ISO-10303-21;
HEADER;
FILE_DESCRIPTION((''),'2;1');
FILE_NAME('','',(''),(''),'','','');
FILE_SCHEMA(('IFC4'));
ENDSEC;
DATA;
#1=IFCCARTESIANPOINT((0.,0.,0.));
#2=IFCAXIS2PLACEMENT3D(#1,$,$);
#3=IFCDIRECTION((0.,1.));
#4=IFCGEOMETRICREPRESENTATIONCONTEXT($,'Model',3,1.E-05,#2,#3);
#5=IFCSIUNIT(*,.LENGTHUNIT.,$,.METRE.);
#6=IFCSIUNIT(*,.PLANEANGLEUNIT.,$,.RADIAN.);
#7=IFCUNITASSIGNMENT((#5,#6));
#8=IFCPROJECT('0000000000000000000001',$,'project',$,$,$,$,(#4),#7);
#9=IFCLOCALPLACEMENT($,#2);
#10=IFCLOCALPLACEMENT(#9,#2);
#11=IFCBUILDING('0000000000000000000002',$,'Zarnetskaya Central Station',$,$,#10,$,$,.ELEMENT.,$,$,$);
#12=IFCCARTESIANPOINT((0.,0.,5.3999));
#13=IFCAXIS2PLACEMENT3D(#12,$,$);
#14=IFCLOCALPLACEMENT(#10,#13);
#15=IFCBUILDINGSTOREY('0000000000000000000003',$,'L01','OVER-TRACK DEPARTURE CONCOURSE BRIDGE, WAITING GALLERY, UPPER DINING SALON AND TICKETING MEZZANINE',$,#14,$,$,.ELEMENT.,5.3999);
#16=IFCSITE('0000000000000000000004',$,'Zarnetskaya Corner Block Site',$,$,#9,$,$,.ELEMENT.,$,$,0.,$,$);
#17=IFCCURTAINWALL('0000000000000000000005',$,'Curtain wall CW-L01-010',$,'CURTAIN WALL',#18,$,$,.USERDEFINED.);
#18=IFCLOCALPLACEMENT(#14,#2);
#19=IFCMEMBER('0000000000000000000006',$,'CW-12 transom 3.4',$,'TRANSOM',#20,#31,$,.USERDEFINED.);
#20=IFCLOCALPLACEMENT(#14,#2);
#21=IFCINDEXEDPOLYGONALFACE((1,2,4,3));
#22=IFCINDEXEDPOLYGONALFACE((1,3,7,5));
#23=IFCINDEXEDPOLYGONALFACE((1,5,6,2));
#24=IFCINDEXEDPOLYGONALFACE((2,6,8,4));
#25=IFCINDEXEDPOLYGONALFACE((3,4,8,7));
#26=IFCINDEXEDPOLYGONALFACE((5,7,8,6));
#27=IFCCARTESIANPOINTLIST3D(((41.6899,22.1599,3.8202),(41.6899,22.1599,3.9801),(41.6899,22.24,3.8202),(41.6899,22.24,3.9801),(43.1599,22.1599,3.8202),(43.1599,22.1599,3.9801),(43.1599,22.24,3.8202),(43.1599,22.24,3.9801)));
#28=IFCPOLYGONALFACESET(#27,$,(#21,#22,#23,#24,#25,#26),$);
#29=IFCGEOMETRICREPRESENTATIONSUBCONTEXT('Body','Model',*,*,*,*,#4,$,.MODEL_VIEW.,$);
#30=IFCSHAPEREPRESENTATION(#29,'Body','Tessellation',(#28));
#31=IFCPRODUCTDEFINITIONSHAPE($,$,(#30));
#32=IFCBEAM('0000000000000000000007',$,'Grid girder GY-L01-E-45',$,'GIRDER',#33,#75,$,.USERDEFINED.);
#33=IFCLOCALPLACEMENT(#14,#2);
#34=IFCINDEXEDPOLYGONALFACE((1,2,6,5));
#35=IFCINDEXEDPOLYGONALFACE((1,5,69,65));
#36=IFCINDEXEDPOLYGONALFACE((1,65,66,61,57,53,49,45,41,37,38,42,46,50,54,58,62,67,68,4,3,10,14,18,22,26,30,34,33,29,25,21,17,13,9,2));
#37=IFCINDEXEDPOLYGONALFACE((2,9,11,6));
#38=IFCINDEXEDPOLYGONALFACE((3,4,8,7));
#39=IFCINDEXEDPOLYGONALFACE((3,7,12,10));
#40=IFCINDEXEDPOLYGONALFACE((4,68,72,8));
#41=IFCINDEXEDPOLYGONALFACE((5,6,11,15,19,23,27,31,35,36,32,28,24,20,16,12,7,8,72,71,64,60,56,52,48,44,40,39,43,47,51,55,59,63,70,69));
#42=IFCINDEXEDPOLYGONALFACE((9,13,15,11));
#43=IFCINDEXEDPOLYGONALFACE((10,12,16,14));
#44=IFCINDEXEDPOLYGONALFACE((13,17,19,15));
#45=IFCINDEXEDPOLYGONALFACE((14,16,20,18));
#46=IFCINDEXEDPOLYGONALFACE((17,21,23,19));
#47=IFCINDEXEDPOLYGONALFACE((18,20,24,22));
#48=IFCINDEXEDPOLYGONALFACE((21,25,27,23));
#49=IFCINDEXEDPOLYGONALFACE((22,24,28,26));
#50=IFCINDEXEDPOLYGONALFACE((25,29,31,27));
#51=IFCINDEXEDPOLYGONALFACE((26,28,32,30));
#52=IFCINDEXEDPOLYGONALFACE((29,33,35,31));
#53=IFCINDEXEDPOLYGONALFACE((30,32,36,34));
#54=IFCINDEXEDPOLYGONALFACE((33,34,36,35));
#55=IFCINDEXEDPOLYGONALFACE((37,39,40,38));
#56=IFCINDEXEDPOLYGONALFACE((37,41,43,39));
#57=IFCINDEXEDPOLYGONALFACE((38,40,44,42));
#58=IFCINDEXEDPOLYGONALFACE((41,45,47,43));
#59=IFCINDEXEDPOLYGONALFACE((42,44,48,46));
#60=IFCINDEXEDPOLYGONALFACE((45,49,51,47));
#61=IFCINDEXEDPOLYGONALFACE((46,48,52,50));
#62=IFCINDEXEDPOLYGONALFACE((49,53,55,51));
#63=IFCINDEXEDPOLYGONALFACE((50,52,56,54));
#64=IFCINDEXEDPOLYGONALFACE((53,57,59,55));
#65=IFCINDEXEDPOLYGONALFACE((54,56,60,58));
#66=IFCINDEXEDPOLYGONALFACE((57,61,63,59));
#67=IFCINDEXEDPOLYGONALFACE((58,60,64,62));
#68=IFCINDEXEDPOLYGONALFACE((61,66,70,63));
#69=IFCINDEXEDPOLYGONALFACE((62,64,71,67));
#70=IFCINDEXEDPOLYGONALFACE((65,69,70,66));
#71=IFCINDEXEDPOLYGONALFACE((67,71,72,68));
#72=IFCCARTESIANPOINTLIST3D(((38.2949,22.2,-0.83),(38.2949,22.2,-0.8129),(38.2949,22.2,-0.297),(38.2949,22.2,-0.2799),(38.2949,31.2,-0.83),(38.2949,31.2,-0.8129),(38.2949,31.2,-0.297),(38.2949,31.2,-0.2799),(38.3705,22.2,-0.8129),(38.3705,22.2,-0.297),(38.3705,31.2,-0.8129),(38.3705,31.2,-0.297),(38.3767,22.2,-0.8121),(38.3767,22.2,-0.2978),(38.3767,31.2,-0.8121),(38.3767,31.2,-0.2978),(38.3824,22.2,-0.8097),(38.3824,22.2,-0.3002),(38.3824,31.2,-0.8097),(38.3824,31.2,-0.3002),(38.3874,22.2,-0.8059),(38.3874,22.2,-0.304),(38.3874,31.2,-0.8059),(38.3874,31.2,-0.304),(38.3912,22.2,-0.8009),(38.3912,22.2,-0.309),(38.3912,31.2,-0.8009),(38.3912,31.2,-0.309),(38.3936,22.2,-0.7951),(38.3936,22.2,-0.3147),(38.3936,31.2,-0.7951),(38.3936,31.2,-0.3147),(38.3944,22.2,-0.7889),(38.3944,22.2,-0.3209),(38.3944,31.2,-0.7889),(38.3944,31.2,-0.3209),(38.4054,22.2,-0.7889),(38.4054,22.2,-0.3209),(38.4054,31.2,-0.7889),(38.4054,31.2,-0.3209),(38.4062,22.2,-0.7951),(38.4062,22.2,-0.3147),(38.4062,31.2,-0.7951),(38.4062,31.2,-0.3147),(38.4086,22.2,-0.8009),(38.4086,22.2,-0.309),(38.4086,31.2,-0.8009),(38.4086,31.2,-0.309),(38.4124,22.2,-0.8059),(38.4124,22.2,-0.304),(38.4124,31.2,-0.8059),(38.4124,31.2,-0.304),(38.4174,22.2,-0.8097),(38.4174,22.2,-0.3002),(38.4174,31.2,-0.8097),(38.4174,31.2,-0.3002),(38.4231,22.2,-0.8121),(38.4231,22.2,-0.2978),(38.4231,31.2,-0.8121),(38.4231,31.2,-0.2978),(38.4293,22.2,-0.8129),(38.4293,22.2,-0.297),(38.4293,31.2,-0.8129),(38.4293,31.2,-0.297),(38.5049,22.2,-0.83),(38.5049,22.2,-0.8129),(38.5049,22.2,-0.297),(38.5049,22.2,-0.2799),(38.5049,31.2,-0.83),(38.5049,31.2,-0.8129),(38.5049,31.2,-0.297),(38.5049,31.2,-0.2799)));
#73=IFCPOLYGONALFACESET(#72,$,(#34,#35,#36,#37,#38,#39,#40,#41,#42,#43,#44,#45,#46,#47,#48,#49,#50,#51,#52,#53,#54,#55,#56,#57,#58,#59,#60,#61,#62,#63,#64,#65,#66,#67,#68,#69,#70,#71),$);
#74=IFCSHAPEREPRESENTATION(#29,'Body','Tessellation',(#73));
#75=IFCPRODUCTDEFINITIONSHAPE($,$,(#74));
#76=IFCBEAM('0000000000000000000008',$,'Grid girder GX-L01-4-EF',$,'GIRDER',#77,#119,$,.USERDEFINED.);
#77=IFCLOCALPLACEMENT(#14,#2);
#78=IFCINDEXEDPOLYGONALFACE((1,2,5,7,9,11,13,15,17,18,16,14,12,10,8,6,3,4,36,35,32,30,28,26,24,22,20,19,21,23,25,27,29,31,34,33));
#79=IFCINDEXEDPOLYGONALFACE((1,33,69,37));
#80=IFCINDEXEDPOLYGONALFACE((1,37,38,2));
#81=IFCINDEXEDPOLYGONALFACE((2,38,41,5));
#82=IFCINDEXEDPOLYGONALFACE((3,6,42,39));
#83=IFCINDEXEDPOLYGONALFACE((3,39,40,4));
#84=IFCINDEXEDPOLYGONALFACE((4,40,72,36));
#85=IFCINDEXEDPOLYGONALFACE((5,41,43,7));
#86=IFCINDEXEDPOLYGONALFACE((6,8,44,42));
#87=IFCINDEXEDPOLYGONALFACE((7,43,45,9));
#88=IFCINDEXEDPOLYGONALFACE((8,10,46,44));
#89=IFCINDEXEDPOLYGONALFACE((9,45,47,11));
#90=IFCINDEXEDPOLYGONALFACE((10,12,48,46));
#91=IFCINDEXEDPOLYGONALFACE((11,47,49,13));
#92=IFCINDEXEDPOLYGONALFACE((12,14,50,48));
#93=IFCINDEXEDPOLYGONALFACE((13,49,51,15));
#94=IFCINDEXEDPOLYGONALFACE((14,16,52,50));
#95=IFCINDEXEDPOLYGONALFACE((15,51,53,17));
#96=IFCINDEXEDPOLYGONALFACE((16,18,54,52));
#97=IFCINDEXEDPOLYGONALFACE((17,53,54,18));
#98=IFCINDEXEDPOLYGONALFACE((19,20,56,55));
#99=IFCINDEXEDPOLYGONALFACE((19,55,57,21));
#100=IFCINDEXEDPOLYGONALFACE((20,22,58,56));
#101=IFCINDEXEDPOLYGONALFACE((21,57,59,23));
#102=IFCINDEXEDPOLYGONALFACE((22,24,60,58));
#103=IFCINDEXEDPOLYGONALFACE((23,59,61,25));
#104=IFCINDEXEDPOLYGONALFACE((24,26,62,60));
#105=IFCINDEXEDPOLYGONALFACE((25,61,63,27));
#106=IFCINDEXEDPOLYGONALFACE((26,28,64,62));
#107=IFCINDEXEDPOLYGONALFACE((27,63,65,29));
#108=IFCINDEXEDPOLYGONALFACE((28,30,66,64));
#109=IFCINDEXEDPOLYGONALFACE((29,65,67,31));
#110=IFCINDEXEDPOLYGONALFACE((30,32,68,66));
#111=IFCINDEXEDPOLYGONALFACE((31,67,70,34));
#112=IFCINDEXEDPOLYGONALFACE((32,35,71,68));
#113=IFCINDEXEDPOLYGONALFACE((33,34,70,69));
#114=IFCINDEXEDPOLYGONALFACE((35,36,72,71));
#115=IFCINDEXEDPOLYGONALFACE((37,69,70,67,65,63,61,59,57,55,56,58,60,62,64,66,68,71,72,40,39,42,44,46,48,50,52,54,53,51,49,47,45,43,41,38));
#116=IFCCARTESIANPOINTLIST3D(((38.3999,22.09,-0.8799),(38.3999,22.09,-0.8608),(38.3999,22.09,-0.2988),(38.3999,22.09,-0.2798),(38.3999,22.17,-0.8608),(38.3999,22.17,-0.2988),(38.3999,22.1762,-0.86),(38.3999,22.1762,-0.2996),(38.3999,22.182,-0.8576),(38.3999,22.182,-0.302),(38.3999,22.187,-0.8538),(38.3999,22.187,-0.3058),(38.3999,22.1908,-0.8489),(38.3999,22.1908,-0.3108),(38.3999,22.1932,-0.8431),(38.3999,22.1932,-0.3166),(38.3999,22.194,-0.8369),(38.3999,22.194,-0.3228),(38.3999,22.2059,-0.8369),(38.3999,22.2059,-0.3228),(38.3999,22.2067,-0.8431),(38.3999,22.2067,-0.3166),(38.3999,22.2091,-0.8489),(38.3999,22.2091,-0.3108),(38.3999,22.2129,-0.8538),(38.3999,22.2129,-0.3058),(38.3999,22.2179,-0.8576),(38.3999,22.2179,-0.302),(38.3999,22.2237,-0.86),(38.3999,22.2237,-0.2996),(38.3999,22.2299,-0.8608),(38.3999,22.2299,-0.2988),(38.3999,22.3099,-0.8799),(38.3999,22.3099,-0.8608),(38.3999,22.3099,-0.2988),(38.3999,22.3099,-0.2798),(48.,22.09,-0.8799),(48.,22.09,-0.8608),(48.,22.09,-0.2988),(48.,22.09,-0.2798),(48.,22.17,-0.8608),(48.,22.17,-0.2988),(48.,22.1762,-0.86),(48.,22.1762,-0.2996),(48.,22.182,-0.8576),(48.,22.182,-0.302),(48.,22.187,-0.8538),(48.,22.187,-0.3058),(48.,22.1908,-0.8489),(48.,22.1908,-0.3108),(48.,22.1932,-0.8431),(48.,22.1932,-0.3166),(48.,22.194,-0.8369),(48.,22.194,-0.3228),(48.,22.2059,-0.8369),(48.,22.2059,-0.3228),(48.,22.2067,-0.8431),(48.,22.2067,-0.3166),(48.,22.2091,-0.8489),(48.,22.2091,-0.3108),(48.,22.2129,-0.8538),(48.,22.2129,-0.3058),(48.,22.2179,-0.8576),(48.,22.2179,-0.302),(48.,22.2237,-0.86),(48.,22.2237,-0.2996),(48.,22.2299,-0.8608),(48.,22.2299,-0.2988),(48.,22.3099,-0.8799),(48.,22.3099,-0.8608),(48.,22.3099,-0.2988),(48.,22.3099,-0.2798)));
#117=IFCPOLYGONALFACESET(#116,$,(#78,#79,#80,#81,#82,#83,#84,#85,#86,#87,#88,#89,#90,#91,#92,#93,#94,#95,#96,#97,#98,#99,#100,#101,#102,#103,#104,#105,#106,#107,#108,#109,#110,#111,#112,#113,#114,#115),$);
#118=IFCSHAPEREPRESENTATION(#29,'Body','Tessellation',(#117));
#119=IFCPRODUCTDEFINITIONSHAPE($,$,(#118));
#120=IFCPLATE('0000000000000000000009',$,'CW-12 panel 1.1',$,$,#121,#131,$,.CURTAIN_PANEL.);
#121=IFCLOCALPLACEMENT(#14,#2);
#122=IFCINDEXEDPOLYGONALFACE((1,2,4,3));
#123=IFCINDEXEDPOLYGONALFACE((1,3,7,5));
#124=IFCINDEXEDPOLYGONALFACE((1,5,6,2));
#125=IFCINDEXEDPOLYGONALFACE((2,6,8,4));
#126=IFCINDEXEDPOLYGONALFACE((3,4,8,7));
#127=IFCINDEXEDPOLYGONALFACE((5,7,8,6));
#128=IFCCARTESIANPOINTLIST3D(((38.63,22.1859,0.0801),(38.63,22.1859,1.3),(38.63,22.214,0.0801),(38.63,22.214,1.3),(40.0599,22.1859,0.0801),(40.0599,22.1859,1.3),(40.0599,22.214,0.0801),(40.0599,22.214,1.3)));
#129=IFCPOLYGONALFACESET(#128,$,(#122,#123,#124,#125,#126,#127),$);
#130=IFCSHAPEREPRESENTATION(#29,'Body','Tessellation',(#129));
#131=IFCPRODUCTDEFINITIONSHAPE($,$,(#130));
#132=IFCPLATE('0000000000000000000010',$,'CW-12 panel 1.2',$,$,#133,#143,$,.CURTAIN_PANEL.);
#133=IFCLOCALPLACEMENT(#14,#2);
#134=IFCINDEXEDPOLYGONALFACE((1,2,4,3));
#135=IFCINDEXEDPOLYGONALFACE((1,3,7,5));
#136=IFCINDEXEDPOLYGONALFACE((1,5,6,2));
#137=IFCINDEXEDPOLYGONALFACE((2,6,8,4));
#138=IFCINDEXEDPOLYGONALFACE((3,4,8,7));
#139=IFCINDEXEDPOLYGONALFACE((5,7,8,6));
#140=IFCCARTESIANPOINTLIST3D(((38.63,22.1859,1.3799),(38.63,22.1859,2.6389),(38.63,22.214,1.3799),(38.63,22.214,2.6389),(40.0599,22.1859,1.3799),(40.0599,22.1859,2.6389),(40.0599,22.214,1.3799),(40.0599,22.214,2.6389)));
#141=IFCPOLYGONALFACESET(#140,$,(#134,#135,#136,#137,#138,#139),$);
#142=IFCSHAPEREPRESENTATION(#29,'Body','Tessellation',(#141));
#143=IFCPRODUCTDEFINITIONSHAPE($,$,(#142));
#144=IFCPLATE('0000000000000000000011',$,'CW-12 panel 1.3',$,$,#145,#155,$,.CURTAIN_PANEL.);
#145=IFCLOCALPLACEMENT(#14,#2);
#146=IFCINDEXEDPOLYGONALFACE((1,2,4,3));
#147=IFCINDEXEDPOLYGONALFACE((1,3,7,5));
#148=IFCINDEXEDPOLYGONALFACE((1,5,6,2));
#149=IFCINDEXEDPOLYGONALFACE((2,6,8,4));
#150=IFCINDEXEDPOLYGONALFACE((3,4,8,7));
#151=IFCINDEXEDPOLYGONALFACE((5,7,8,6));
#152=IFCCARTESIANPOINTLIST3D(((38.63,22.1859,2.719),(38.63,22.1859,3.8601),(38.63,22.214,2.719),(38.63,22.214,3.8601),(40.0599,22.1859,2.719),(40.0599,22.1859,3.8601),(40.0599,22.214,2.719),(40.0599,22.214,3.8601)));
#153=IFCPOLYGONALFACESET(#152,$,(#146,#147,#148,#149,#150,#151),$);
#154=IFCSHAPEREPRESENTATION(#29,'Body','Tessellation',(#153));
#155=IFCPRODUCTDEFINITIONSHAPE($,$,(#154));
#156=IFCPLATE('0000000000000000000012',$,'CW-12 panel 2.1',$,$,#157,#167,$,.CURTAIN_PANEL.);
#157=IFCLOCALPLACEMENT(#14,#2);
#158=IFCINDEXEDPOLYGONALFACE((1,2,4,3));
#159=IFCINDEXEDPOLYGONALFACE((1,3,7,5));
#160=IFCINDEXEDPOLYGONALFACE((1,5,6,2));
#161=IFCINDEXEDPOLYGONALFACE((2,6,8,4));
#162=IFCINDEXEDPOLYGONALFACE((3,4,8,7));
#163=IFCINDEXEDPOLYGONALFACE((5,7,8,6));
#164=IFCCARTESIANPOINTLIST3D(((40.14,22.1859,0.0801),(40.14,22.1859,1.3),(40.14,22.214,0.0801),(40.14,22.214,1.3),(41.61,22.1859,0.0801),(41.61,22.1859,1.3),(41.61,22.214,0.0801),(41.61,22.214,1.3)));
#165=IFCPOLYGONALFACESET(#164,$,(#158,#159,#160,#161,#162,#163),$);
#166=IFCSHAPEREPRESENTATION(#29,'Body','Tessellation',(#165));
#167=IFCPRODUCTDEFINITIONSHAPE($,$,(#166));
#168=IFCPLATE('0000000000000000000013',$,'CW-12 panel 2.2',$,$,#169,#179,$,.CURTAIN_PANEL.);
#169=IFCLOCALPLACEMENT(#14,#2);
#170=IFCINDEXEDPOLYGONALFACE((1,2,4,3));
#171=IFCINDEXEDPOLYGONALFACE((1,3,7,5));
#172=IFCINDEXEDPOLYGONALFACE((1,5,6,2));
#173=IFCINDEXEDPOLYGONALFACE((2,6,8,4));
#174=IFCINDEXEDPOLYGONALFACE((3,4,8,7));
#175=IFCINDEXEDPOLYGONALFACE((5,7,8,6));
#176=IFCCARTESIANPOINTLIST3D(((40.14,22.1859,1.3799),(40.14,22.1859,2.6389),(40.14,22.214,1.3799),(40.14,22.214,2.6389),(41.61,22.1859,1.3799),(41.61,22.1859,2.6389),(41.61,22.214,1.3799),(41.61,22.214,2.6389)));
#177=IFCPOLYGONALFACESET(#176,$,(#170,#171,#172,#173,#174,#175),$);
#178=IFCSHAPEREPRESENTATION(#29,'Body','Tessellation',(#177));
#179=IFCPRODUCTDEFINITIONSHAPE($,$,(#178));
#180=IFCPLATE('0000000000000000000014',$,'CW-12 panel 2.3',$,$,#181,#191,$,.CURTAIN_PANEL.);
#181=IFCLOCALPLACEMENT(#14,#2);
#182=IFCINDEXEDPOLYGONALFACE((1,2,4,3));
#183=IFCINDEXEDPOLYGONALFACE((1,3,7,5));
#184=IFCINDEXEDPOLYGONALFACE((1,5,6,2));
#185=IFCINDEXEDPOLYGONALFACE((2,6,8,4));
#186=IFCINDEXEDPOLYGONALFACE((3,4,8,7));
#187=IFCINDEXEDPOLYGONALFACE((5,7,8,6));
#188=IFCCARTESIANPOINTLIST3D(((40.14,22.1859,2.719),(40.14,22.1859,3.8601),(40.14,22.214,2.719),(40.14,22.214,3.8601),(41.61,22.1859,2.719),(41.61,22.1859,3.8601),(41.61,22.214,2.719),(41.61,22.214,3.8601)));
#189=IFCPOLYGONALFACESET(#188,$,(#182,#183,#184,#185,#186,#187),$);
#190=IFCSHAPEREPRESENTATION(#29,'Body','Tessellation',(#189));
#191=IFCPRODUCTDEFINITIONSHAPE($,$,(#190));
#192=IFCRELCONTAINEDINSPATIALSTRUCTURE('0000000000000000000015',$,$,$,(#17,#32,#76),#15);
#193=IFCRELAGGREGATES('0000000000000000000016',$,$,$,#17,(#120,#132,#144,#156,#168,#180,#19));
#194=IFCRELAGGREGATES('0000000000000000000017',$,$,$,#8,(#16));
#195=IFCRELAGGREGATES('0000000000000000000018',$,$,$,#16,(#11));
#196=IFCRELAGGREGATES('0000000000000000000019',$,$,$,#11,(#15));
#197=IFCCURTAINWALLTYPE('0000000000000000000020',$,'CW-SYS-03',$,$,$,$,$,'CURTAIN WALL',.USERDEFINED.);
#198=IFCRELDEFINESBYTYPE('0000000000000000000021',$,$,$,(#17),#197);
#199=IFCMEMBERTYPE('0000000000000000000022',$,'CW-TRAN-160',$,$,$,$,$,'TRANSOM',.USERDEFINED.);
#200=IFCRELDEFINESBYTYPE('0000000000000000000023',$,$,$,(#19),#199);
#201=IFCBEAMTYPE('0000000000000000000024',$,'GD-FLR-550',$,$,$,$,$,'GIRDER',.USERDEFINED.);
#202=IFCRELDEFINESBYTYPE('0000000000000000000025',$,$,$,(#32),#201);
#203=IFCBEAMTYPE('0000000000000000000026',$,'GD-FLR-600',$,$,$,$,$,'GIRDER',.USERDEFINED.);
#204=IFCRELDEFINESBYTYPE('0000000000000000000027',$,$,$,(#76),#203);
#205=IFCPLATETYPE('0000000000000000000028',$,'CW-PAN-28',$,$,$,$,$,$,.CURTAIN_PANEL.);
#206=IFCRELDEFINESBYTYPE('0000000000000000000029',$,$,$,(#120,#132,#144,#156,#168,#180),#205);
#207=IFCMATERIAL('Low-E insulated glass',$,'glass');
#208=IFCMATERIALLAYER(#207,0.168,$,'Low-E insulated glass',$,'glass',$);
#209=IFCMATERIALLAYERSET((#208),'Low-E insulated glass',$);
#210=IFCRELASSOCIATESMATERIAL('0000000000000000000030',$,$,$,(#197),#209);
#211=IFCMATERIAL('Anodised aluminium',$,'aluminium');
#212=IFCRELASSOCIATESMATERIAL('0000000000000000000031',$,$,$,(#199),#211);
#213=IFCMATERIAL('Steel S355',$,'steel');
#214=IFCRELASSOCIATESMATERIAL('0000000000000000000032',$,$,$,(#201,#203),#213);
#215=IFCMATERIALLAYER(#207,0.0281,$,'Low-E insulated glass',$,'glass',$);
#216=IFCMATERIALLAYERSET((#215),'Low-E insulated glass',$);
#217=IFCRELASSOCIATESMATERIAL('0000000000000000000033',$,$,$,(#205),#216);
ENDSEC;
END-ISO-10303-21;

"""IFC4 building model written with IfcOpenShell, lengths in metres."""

from ifc_helpers import new_model, si_unit, direction, frame, origin, origin_2d, place, context, subcontext, project, spatial, rectangle, i_section, extrude, material, layer, layer_set, material_profile, profile_set, type_object, element, aggregate, save


model = new_model("IFC4")

# Units and contexts
model_context = context("Model", 3, precision=1e-05, world=origin(), true_north=direction((0.0, 1.0)))
body_context = subcontext(model_context, "Body", "Model", "MODEL_VIEW")
ifc_project = project(units=[si_unit("LENGTHUNIT", "METRE"), si_unit("PLANEANGLEUNIT", "RADIAN")], contexts=[model_context])

# Site, building, storey
site_placement = place(None, origin())
site = spatial("IfcSite", under=ifc_project, at=site_placement, Name="Zarnetskaya Corner Block Site", CompositionType="ELEMENT", RefElevation=0.0)
building_placement = place(site_placement, origin())
building = spatial("IfcBuilding", under=site, at=building_placement, Name="Zarnetskaya Central Station", CompositionType="ELEMENT")
storey_placement = place(building_placement, frame((0.0, 0.0, 5.3999)))
storey = spatial("IfcBuildingStorey", under=building, at=storey_placement, Name="L01", Description="OVER-TRACK DEPARTURE CONCOURSE BRIDGE, WAITING GALLERY, UPPER DINING SALON AND TICKETING MEZZANINE", CompositionType="ELEMENT", Elevation=5.3999)

# Shared definitions
ifc_material_1 = material(Name="Steel S355", Category="steel")

# Shared definitions
ifc_material_2 = material(Name="Low-E insulated glass", Category="glass")
ifc_material_3 = material(Name="Anodised aluminium", Category="aluminium")

# Curtain wall
ifc_layer_1 = layer(ifc_material_2, 0.168, Name="Low-E insulated glass", Category="glass")
ifc_layer_set_1 = layer_set([ifc_layer_1], Name="Low-E insulated glass")
curtain_wall_type_1 = type_object("IfcCurtainWallType", Name="CW-SYS-03", ElementType="CURTAIN WALL", PredefinedType="USERDEFINED", material=ifc_layer_set_1)
curtain_wall_1_placement = place(storey_placement, origin())
curtain_wall_1 = element("IfcCurtainWall", 1, at=curtain_wall_1_placement, inside=storey, type_object=curtain_wall_type_1, Name="Curtain wall CW-L01-010", ObjectType="CURTAIN WALL", PredefinedType="USERDEFINED")

# Member
ifc_material_profile_1 = material_profile(ifc_material_3, rectangle(XDim=0.0801, YDim=0.1599, at=origin_2d()), Name="ALU TRAN 80x160")
ifc_profile_set_1 = profile_set([ifc_material_profile_1], Name="Anodised aluminium")
member_type_1 = type_object("IfcMemberType", Name="CW-TRAN-160", ElementType="TRANSOM", PredefinedType="USERDEFINED", material=ifc_profile_set_1)
member_1_placement = place(storey_placement, frame((41.6899, 22.2, 3.9001), z_axis=(1.0, 0.0, 0.0), x_axis=(0.0, 1.0, 0.0)))
member_1 = element("IfcMember", 2, at=member_1_placement, type_object=member_type_1, Name="CW-12 transom 3.4", ObjectType="TRANSOM", PredefinedType="USERDEFINED", context=body_context, shape_type="SweptSolid", body=[
    extrude(rectangle(XDim=0.0801, YDim=0.1599, at=origin_2d()), origin(), (0.0, 0.0, 1.0), 1.47),
])

# Beams
ifc_material_profile_2 = material_profile(ifc_material_1, i_section(OverallWidth=0.21, OverallDepth=0.55, WebThickness=0.011, FlangeThickness=0.0171, FilletRadius=0.0239, at=origin_2d()), Name="IPE 550")
ifc_profile_set_2 = profile_set([ifc_material_profile_2], Name="Steel S355")
beam_type_1 = type_object("IfcBeamType", Name="GD-FLR-550", ElementType="GIRDER", PredefinedType="USERDEFINED", material=ifc_profile_set_2)
beam_1_placement = place(storey_placement, frame((38.3999, 22.2, -0.5549), z_axis=(0.0, 1.0, 0.0), x_axis=(-1.0, 0.0, 0.0)))
element("IfcBeam", 3, at=beam_1_placement, inside=storey, type_object=beam_type_1, Name="Grid girder GY-L01-E-45", ObjectType="GIRDER", PredefinedType="USERDEFINED", context=body_context, shape_type="SweptSolid", body=[
    extrude(i_section(OverallWidth=0.21, OverallDepth=0.55, WebThickness=0.011, FlangeThickness=0.0171, FilletRadius=0.0239, at=origin_2d()), origin(), (0.0, 0.0, 1.0), 9.0),
])
ifc_material_profile_3 = material_profile(ifc_material_1, i_section(OverallWidth=0.22, OverallDepth=0.6001, WebThickness=0.012, FlangeThickness=0.019, FilletRadius=0.0239, at=origin_2d()), Name="IPE 600")
ifc_profile_set_3 = profile_set([ifc_material_profile_3], Name="Steel S355")
beam_type_2 = type_object("IfcBeamType", Name="GD-FLR-600", ElementType="GIRDER", PredefinedType="USERDEFINED", material=ifc_profile_set_3)
beam_2_placement = place(storey_placement, frame((38.3999, 22.2, -0.5798), z_axis=(1.0, 0.0, 0.0), x_axis=(0.0, 1.0, 0.0)))
element("IfcBeam", 4, at=beam_2_placement, inside=storey, type_object=beam_type_2, Name="Grid girder GX-L01-4-EF", ObjectType="GIRDER", PredefinedType="USERDEFINED", context=body_context, shape_type="SweptSolid", body=[
    extrude(i_section(OverallWidth=0.22, OverallDepth=0.6001, WebThickness=0.012, FlangeThickness=0.019, FilletRadius=0.0239, at=origin_2d()), origin(), (0.0, 0.0, 1.0), 9.6001),
])

# Plates
ifc_layer_2 = layer(ifc_material_2, 0.0281, Name="Low-E insulated glass", Category="glass")
ifc_layer_set_2 = layer_set([ifc_layer_2], Name="Low-E insulated glass")
plate_type_1 = type_object("IfcPlateType", Name="CW-PAN-28", PredefinedType="CURTAIN_PANEL", material=ifc_layer_set_2)
plate_1_placement = place(storey_placement, frame((39.345, 22.2, 0.0801), z_axis=(0.0, 0.0, 1.0), x_axis=(1.0, 0.0, 0.0)))
plate_1 = element("IfcPlate", 5, at=plate_1_placement, type_object=plate_type_1, Name="CW-12 panel 1.1", PredefinedType="CURTAIN_PANEL", context=body_context, shape_type="SweptSolid", body=[
    extrude(rectangle(XDim=1.4299, YDim=0.0281, at=origin_2d()), origin(), (0.0, 0.0, 1.0), 1.22),
])
plate_2_placement = place(storey_placement, frame((39.345, 22.2, 1.3799), z_axis=(0.0, 0.0, 1.0), x_axis=(1.0, 0.0, 0.0)))
plate_2 = element("IfcPlate", 6, at=plate_2_placement, type_object=plate_type_1, Name="CW-12 panel 1.2", PredefinedType="CURTAIN_PANEL", context=body_context, shape_type="SweptSolid", body=[
    extrude(rectangle(XDim=1.4299, YDim=0.0281, at=origin_2d()), origin(), (0.0, 0.0, 1.0), 1.259),
])
plate_3_placement = place(storey_placement, frame((39.345, 22.2, 2.719), z_axis=(0.0, 0.0, 1.0), x_axis=(1.0, 0.0, 0.0)))
plate_3 = element("IfcPlate", 7, at=plate_3_placement, type_object=plate_type_1, Name="CW-12 panel 1.3", PredefinedType="CURTAIN_PANEL", context=body_context, shape_type="SweptSolid", body=[
    extrude(rectangle(XDim=1.4299, YDim=0.0281, at=origin_2d()), origin(), (0.0, 0.0, 1.0), 1.1411),
])
plate_4_placement = place(storey_placement, frame((40.875, 22.2, 0.0801), z_axis=(0.0, 0.0, 1.0), x_axis=(1.0, 0.0, 0.0)))
plate_4 = element("IfcPlate", 8, at=plate_4_placement, type_object=plate_type_1, Name="CW-12 panel 2.1", PredefinedType="CURTAIN_PANEL", context=body_context, shape_type="SweptSolid", body=[
    extrude(rectangle(XDim=1.47, YDim=0.0281, at=origin_2d()), origin(), (0.0, 0.0, 1.0), 1.22),
])
plate_5_placement = place(storey_placement, frame((40.875, 22.2, 1.3799), z_axis=(0.0, 0.0, 1.0), x_axis=(1.0, 0.0, 0.0)))
plate_5 = element("IfcPlate", 9, at=plate_5_placement, type_object=plate_type_1, Name="CW-12 panel 2.2", PredefinedType="CURTAIN_PANEL", context=body_context, shape_type="SweptSolid", body=[
    extrude(rectangle(XDim=1.47, YDim=0.0281, at=origin_2d()), origin(), (0.0, 0.0, 1.0), 1.259),
])
plate_6_placement = place(storey_placement, frame((40.875, 22.2, 2.719), z_axis=(0.0, 0.0, 1.0), x_axis=(1.0, 0.0, 0.0)))
plate_6 = element("IfcPlate", 10, at=plate_6_placement, type_object=plate_type_1, Name="CW-12 panel 2.3", PredefinedType="CURTAIN_PANEL", context=body_context, shape_type="SweptSolid", body=[
    extrude(rectangle(XDim=1.47, YDim=0.0281, at=origin_2d()), origin(), (0.0, 0.0, 1.0), 1.1411),
])
aggregate(curtain_wall_1, [plate_1, plate_2, plate_3, plate_4, plate_5, plate_6, member_1])

save(model, "model.ifc")
